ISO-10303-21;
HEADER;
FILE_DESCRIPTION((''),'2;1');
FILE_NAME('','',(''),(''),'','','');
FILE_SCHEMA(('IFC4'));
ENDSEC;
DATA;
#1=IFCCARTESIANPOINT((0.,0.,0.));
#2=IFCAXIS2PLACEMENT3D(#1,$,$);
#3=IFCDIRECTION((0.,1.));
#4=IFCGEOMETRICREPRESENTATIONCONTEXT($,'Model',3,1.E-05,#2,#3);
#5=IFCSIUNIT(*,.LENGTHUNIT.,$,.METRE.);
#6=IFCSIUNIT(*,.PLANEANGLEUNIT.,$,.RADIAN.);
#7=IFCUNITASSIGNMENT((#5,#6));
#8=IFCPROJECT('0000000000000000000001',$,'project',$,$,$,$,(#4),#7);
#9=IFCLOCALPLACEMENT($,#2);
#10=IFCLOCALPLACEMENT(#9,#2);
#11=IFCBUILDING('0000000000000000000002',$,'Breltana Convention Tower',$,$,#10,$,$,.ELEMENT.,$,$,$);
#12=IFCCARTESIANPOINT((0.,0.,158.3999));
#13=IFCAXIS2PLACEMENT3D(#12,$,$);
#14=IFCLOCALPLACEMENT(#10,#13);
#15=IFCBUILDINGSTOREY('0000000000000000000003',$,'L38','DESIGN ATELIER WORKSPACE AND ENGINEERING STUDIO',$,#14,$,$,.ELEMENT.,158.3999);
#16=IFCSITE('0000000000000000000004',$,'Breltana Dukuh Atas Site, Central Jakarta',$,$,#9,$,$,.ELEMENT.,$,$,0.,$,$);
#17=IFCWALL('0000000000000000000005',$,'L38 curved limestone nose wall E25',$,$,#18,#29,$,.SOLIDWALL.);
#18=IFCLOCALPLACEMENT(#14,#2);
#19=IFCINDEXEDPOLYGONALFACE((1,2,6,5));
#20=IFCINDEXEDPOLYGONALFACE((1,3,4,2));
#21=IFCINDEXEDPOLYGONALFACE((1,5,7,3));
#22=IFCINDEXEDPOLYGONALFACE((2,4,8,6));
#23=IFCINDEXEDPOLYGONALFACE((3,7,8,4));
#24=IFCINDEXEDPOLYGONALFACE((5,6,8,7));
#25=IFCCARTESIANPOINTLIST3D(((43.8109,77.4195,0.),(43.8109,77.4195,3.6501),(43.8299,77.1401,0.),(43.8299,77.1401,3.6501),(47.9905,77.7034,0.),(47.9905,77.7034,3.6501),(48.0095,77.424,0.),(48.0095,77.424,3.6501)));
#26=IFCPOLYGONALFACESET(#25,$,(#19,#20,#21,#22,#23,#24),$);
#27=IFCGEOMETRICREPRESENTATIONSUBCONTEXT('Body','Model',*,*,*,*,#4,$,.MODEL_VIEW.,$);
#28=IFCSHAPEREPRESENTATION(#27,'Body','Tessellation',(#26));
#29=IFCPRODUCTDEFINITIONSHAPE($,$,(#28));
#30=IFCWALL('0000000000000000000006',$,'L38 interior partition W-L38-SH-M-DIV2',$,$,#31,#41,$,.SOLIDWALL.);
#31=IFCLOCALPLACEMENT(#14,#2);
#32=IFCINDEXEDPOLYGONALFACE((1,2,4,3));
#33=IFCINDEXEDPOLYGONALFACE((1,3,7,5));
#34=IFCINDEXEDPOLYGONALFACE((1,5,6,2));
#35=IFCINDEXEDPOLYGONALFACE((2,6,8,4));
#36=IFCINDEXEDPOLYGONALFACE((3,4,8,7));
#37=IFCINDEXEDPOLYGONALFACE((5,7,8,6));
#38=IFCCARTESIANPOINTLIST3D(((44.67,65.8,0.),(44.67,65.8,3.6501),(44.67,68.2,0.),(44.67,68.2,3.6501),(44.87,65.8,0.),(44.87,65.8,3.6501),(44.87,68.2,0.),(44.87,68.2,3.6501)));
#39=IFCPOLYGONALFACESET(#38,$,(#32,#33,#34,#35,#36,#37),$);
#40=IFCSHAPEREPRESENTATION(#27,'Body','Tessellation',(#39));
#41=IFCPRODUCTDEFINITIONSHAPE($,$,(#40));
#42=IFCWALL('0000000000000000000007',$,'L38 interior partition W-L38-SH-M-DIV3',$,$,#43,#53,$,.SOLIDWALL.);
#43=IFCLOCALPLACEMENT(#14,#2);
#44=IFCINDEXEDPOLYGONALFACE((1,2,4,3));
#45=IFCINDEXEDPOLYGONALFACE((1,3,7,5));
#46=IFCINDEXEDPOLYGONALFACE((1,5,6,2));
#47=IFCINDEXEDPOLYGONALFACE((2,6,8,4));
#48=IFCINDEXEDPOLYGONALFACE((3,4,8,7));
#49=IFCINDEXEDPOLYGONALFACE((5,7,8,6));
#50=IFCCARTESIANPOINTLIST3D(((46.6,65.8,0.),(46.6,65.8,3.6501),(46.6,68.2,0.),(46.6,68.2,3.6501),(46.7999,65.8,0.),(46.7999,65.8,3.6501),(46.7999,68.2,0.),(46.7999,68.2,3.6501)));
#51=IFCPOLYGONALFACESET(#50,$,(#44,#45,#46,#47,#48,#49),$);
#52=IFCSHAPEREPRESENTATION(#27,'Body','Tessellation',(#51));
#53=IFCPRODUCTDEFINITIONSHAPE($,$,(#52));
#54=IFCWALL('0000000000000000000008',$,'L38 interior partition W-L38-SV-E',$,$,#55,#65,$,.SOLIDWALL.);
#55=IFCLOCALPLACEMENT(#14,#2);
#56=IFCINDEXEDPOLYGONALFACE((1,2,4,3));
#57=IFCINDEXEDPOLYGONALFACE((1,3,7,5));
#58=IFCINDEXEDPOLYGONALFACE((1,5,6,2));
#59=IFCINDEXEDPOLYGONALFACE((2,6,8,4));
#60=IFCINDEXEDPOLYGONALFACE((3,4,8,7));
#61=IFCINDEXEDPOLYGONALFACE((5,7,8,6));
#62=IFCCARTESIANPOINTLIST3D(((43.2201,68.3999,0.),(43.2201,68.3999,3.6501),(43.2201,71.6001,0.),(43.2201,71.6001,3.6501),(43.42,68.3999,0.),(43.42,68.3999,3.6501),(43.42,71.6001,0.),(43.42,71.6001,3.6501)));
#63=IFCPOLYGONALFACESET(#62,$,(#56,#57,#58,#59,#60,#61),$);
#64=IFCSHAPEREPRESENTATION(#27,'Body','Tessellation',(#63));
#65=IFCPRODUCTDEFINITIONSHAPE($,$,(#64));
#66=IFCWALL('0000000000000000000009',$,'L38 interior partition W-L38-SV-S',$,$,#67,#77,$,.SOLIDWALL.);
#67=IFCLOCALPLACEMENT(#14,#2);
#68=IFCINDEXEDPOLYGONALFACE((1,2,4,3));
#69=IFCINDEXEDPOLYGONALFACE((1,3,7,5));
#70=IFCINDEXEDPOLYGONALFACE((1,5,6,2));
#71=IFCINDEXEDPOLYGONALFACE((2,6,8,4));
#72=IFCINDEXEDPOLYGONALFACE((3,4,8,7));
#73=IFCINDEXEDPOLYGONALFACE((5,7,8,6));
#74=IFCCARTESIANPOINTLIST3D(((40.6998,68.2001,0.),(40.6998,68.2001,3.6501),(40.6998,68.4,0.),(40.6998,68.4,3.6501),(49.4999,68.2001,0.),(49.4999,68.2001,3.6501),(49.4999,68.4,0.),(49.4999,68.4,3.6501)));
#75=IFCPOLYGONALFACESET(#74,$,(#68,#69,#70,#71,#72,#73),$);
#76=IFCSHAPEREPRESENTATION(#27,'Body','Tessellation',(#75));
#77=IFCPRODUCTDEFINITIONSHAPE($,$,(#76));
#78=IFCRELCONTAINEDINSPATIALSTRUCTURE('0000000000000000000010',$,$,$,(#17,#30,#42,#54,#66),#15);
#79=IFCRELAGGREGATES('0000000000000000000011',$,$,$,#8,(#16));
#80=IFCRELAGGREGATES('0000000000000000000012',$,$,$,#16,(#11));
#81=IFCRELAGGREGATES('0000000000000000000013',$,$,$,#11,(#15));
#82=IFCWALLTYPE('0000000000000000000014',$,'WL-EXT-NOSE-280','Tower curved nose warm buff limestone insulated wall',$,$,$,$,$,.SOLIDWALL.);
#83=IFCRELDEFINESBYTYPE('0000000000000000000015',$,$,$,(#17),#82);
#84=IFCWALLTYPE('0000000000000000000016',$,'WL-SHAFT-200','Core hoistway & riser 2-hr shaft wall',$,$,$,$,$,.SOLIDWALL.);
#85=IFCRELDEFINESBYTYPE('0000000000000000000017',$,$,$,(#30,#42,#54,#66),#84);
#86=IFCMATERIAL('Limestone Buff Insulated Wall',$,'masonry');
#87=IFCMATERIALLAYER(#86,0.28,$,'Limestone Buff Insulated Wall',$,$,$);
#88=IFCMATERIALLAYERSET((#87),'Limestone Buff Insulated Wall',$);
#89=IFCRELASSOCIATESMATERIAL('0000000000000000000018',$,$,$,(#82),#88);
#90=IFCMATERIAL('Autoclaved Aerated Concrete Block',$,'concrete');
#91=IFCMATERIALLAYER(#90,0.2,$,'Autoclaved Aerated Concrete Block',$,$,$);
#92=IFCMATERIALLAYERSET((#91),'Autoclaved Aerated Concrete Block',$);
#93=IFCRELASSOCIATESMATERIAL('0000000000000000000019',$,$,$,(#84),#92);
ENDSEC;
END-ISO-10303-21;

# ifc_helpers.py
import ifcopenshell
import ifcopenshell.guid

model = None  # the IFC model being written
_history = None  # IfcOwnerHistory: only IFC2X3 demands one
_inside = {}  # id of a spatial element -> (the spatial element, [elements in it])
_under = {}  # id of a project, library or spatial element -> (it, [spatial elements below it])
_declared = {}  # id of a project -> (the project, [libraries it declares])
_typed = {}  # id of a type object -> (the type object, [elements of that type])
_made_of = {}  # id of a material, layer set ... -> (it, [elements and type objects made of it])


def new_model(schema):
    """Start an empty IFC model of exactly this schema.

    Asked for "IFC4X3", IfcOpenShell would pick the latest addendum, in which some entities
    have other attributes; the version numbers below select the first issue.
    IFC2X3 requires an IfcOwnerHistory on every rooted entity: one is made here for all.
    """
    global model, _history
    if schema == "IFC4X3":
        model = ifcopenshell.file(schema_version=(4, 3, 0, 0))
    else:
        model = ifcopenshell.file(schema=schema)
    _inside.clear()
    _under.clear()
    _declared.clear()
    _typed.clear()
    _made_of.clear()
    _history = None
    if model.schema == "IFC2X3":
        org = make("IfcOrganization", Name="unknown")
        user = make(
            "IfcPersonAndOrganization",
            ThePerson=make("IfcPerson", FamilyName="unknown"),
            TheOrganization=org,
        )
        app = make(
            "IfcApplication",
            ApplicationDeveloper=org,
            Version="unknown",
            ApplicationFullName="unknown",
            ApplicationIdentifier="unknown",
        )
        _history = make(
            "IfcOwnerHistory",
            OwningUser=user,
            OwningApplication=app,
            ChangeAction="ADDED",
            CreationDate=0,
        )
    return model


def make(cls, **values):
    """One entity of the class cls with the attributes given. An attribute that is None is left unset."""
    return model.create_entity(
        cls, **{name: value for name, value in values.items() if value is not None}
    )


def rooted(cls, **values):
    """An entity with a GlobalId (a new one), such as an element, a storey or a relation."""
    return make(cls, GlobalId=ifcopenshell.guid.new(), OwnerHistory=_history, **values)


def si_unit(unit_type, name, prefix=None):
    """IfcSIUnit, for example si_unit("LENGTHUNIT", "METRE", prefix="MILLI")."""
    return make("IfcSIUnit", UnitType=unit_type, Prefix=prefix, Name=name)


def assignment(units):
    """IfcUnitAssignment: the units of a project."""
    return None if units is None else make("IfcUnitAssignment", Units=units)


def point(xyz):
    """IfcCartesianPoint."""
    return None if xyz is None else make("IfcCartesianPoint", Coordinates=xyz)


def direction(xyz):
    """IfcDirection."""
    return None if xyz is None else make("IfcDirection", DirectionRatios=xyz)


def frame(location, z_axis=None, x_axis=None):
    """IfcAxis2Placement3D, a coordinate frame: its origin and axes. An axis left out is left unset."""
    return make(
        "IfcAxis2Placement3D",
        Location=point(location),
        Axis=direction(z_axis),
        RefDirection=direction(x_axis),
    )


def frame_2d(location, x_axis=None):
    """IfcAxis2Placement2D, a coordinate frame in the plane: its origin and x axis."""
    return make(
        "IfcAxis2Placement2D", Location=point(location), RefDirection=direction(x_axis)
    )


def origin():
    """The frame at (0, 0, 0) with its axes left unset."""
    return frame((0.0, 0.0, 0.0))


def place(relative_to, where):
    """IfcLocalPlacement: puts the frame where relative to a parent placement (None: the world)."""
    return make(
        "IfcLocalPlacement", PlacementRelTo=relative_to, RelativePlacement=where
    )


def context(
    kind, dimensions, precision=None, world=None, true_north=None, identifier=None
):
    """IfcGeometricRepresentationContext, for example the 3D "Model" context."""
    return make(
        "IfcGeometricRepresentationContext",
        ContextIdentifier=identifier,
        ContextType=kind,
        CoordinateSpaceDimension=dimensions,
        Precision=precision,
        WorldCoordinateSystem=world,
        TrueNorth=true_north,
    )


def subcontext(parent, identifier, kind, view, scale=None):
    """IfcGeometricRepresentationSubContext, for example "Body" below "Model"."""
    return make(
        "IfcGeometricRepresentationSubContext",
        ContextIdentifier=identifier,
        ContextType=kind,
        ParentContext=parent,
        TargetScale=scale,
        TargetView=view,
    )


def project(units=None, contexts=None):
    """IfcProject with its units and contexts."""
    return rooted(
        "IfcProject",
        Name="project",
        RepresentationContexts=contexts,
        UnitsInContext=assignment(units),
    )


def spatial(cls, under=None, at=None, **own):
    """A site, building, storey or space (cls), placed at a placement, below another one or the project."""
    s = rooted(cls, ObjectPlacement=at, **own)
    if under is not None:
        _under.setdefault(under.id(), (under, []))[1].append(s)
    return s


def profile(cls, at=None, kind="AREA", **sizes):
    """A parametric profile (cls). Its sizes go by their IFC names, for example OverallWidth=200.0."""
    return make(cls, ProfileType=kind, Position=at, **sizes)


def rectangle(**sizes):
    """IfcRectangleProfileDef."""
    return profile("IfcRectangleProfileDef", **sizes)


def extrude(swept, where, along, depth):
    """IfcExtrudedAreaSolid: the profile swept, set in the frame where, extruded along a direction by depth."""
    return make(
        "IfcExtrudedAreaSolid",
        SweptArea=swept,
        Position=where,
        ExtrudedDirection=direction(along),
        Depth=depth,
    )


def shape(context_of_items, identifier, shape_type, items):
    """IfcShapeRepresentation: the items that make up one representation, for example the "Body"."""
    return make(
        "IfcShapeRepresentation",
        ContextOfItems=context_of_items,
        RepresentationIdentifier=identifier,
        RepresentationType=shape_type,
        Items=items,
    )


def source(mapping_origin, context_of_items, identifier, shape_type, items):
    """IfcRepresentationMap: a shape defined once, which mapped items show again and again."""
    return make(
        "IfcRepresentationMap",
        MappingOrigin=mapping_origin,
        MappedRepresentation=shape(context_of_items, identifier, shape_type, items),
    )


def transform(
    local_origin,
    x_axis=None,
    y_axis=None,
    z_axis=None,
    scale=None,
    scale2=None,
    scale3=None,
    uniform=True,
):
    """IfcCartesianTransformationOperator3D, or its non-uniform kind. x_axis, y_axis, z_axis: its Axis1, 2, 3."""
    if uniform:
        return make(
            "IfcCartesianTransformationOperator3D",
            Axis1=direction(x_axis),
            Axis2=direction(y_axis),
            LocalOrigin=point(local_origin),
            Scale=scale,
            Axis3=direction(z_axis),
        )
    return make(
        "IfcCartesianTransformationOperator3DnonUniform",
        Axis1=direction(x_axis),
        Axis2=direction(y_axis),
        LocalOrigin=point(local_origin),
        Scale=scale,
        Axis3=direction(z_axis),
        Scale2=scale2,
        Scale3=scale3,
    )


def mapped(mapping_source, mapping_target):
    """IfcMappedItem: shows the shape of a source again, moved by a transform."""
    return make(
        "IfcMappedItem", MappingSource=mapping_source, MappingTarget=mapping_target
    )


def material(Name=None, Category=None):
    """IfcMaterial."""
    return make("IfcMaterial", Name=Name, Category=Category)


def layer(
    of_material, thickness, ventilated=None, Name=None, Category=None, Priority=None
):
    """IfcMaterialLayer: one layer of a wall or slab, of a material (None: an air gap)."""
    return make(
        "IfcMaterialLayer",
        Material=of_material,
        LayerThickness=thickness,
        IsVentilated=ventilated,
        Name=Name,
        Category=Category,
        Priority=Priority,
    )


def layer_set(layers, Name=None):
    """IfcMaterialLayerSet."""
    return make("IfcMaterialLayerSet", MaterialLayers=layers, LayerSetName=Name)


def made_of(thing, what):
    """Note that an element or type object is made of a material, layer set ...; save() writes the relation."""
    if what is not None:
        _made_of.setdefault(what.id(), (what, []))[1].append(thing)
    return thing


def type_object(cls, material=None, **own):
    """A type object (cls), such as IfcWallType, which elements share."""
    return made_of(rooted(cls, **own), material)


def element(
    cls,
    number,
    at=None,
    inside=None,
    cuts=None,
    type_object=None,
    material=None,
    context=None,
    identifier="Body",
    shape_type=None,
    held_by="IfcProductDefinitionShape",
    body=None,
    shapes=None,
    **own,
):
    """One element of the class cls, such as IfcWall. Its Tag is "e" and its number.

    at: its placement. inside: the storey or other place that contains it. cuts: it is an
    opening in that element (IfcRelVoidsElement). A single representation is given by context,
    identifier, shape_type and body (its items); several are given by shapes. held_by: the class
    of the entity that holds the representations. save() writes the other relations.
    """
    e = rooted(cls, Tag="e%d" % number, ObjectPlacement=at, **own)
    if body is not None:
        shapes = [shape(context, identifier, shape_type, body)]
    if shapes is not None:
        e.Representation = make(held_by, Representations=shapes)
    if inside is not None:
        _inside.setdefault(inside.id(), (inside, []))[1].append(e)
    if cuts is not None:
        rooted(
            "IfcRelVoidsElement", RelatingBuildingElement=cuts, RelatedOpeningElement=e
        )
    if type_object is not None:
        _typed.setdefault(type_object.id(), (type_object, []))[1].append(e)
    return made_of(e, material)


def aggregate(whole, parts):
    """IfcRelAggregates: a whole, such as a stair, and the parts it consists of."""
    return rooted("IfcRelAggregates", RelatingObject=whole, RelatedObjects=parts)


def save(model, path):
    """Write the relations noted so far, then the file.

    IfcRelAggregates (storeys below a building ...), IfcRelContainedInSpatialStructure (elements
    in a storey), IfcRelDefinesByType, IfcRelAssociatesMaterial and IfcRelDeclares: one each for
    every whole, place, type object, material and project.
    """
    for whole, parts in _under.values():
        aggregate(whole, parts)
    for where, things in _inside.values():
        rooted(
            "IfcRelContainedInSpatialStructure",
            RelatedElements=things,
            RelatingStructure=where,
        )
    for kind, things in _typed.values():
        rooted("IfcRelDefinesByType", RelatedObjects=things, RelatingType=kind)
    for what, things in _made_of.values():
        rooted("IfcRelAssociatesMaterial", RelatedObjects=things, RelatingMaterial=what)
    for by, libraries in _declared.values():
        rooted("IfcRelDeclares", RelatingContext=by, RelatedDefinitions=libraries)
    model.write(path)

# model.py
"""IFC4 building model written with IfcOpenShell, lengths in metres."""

from ifc_helpers import new_model, si_unit, direction, frame, frame_2d, origin, place, context, subcontext, project, spatial, rectangle, extrude, source, transform, mapped, material, layer, layer_set, type_object, element, save


model = new_model("IFC4")

# Units and contexts
model_context = context("Model", 3, precision=1e-05, world=origin(), true_north=direction((0.0, 1.0)))
body_context = subcontext(model_context, "Body", "Model", "MODEL_VIEW")
ifc_project = project(units=[si_unit("LENGTHUNIT", "METRE"), si_unit("PLANEANGLEUNIT", "RADIAN")], contexts=[model_context])

# Site, building, storey
site_placement = place(None, origin())
site = spatial("IfcSite", under=ifc_project, at=site_placement, Name="Breltana Dukuh Atas Site, Central Jakarta", CompositionType="ELEMENT", RefElevation=0.0)
building_placement = place(site_placement, origin())
building = spatial("IfcBuilding", under=site, at=building_placement, Name="Breltana Convention Tower", CompositionType="ELEMENT")
storey_placement = place(building_placement, frame((0.0, 0.0, 158.3999)))
storey = spatial("IfcBuildingStorey", under=building, at=storey_placement, Name="L38", Description="DESIGN ATELIER WORKSPACE AND ENGINEERING STUDIO", CompositionType="ELEMENT", Elevation=158.3999)

# Walls
ifc_material_1 = material(Name="Limestone Buff Insulated Wall", Category="masonry")
ifc_layer_1 = layer(ifc_material_1, 0.28, Name="Limestone Buff Insulated Wall")
ifc_layer_set_1 = layer_set([ifc_layer_1], Name="Limestone Buff Insulated Wall")
wall_type_1 = type_object("IfcWallType", Name="WL-EXT-NOSE-280", Description="Tower curved nose warm buff limestone insulated wall", PredefinedType="SOLIDWALL", material=ifc_layer_set_1)
shared_shape_1 = source(origin(), body_context, "Body", "SweptSolid", [
    extrude(rectangle(XDim=4.1892, YDim=0.28, at=frame_2d((2.0947, 0.0))), origin(), (0.0, 0.0, 1.0), 3.6501),
])
wall_1_placement = place(storey_placement, frame((43.8203, 77.2798, 0.0), z_axis=(0.0, 0.0, 1.0), x_axis=(0.997701, 0.067776, 0.0)))
element("IfcWall", 1, at=wall_1_placement, inside=storey, type_object=wall_type_1, Name="L38 curved limestone nose wall E25", PredefinedType="SOLIDWALL", context=body_context, shape_type="MappedRepresentation", body=[
    mapped(shared_shape_1, transform((0.0, 0.0, 0.0), scale=1.0)),
])
ifc_material_2 = material(Name="Autoclaved Aerated Concrete Block", Category="concrete")
ifc_layer_2 = layer(ifc_material_2, 0.2, Name="Autoclaved Aerated Concrete Block")
ifc_layer_set_2 = layer_set([ifc_layer_2], Name="Autoclaved Aerated Concrete Block")
wall_type_2 = type_object("IfcWallType", Name="WL-SHAFT-200", Description="Core hoistway & riser 2-hr shaft wall", PredefinedType="SOLIDWALL", material=ifc_layer_set_2)
shared_shape_2 = source(origin(), body_context, "Body", "SweptSolid", [
    extrude(rectangle(XDim=2.3999, YDim=0.2, at=frame_2d((1.2, 0.0))), origin(), (0.0, 0.0, 1.0), 3.6501),
])
for number, where, z_axis, x_axis, name in (
    (2, (44.77, 65.8, 0.0), (0.0, 0.0, 1.0), (0.0, 1.0, 0.0), "L38 interior partition W-L38-SH-M-DIV2"),
    (3, (46.7, 65.8, 0.0), (0.0, 0.0, 1.0), (0.0, 1.0, 0.0), "L38 interior partition W-L38-SH-M-DIV3"),
):
    element("IfcWall", number, at=place(storey_placement, frame(where, z_axis=z_axis, x_axis=x_axis)), inside=storey, type_object=wall_type_2, Name=name, PredefinedType="SOLIDWALL", context=body_context, shape_type="MappedRepresentation", body=[
        mapped(shared_shape_2, transform((0.0, 0.0, 0.0), scale=1.0)),
    ])
shared_shape_3 = source(origin(), body_context, "Body", "SweptSolid", [
    extrude(rectangle(XDim=3.2002, YDim=0.2, at=frame_2d((1.6001, 0.0))), origin(), (0.0, 0.0, 1.0), 3.6501),
])
wall_2_placement = place(storey_placement, frame((43.3201, 68.3999, 0.0), z_axis=(0.0, 0.0, 1.0), x_axis=(0.0, 1.0, 0.0)))
element("IfcWall", 4, at=wall_2_placement, inside=storey, type_object=wall_type_2, Name="L38 interior partition W-L38-SV-E", PredefinedType="SOLIDWALL", context=body_context, shape_type="MappedRepresentation", body=[
    mapped(shared_shape_3, transform((0.0, 0.0, 0.0), scale=1.0)),
])
shared_shape_4 = source(origin(), body_context, "Body", "SweptSolid", [
    extrude(rectangle(XDim=8.8, YDim=0.2, at=frame_2d((4.3999, 0.0))), origin(), (0.0, 0.0, 1.0), 3.6501),
])
wall_3_placement = place(storey_placement, frame((40.7, 68.3, 0.0), z_axis=(0.0, 0.0, 1.0), x_axis=(1.0, 0.0, 0.0)))
element("IfcWall", 5, at=wall_3_placement, inside=storey, type_object=wall_type_2, Name="L38 interior partition W-L38-SV-S", PredefinedType="SOLIDWALL", context=body_context, shape_type="MappedRepresentation", body=[
    mapped(shared_shape_4, transform((0.0, 0.0, 0.0), scale=1.0)),
])

save(model, "model.ifc")
